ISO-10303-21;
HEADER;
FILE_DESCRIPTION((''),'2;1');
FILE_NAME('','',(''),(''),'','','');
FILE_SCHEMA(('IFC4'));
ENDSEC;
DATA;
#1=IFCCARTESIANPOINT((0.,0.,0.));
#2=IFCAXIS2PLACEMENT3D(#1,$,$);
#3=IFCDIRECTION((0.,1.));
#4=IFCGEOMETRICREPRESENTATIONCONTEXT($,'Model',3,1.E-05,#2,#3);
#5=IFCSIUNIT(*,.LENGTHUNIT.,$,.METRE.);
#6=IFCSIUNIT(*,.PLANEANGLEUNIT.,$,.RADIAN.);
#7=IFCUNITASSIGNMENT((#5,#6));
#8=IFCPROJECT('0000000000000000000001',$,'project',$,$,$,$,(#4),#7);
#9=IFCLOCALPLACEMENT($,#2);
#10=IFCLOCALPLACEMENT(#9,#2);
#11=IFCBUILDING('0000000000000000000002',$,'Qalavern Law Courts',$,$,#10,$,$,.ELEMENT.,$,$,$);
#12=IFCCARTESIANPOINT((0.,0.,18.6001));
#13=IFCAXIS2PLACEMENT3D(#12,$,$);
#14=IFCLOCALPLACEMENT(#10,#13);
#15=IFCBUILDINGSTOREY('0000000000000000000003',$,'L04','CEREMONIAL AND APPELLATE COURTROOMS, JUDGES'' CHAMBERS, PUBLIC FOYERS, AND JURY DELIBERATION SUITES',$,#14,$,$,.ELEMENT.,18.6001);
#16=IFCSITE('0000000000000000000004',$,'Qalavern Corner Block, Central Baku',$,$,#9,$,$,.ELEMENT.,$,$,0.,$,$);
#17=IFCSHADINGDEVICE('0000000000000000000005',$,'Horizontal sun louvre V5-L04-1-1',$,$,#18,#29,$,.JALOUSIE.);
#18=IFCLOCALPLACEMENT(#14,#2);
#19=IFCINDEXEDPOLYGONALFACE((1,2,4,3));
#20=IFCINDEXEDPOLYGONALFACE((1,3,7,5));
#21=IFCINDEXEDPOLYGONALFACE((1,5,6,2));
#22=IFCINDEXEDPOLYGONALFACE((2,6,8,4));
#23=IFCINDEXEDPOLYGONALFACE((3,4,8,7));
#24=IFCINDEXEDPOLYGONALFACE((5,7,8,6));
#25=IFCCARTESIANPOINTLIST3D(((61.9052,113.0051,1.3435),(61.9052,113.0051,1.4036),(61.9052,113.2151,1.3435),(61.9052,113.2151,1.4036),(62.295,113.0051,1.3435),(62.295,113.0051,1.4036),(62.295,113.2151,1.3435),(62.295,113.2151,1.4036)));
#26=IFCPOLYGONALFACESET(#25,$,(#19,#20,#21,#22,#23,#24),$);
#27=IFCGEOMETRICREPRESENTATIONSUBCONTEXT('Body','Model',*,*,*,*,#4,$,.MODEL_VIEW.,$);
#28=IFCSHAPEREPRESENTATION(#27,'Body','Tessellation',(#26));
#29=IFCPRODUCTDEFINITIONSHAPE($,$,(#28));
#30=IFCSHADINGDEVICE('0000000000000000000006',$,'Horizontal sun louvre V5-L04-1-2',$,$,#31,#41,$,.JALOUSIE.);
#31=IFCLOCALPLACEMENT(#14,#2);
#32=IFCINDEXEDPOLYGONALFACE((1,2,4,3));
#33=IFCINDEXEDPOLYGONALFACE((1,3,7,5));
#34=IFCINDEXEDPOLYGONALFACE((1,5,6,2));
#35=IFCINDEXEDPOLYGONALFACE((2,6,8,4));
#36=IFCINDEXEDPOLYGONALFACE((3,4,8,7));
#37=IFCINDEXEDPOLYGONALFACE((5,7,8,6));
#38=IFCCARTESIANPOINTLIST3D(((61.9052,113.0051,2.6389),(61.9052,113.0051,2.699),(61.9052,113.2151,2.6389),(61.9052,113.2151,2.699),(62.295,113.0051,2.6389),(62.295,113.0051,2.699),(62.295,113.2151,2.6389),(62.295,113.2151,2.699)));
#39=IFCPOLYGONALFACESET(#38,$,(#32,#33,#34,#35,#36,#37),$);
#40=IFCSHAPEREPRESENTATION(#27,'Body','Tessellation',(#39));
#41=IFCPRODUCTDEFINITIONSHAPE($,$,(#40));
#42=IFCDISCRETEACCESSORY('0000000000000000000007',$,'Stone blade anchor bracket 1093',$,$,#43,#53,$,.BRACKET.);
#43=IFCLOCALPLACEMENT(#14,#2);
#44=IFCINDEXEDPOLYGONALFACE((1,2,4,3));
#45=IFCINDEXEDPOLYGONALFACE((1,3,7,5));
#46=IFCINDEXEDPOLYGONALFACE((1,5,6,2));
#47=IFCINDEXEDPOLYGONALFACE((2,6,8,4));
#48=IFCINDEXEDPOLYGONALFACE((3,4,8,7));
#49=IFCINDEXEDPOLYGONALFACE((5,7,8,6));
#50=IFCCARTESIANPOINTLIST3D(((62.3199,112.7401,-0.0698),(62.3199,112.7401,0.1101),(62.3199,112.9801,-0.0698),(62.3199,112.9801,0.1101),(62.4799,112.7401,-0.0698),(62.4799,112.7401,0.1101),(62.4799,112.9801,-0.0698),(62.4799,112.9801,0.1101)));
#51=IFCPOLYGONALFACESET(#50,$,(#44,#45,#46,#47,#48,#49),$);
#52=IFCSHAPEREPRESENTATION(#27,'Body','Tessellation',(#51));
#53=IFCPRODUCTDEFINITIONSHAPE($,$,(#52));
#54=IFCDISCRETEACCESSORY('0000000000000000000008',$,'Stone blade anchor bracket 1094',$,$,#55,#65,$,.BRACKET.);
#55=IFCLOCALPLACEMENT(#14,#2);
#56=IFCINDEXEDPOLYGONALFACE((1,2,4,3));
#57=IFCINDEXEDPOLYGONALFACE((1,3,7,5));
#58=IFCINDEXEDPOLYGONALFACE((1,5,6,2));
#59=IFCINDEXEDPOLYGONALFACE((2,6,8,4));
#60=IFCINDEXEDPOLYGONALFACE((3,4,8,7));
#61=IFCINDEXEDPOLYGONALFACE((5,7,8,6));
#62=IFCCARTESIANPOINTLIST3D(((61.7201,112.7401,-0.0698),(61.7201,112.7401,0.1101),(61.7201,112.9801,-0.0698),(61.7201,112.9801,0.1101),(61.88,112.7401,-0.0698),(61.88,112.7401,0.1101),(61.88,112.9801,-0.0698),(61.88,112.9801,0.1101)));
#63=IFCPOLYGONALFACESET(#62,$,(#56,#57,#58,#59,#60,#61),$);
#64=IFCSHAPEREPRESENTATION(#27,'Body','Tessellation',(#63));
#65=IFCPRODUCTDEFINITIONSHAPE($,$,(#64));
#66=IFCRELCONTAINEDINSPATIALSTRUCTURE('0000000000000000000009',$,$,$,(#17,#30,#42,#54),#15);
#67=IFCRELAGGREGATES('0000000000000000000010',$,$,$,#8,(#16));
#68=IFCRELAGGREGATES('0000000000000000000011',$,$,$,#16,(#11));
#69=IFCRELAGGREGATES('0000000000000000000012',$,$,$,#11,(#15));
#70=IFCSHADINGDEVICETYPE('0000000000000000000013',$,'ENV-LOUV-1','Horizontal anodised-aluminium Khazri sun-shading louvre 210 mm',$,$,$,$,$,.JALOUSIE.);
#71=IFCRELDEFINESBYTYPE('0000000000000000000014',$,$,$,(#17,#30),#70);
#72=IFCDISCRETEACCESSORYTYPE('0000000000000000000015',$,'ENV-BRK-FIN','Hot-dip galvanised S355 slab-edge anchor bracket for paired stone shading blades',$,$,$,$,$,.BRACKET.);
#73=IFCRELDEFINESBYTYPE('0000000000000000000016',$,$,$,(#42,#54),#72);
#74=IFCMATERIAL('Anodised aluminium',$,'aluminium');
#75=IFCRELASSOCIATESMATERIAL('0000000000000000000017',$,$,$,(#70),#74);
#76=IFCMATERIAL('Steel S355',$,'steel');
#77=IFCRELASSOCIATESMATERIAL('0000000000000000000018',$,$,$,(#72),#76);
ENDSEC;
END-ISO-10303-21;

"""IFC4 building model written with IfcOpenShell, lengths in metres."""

from ifc_helpers import new_model, si_unit, direction, frame, origin, origin_2d, place, context, subcontext, project, spatial, rectangle, extrude, material, type_object, element, save


model = new_model("IFC4")

# Units and contexts
model_context = context("Model", 3, precision=1e-05, world=origin(), true_north=direction((0.0, 1.0)))
body_context = subcontext(model_context, "Body", "Model", "MODEL_VIEW")
ifc_project = project(units=[si_unit("LENGTHUNIT", "METRE"), si_unit("PLANEANGLEUNIT", "RADIAN")], contexts=[model_context])

# Site, building, storey
site_placement = place(None, origin())
site = spatial("IfcSite", under=ifc_project, at=site_placement, Name="Qalavern Corner Block, Central Baku", CompositionType="ELEMENT", RefElevation=0.0)
building_placement = place(site_placement, origin())
building = spatial("IfcBuilding", under=site, at=building_placement, Name="Qalavern Law Courts", CompositionType="ELEMENT")
storey_placement = place(building_placement, frame((0.0, 0.0, 18.6001)))
storey = spatial("IfcBuildingStorey", under=building, at=storey_placement, Name="L04", Description="CEREMONIAL AND APPELLATE COURTROOMS, JUDGES' CHAMBERS, PUBLIC FOYERS, AND JURY DELIBERATION SUITES", CompositionType="ELEMENT", Elevation=18.6001)

# Shared definitions
ifc_material_1 = material(Name="Anodised aluminium", Category="aluminium")

# Shared definitions
ifc_material_2 = material(Name="Steel S355", Category="steel")

# Shading devices
shading_device_type = type_object("IfcShadingDeviceType", Name="ENV-LOUV-1", Description="Horizontal anodised-aluminium Khazri sun-shading louvre 210 mm", PredefinedType="JALOUSIE", material=ifc_material_1)
for number, where, z_axis, x_axis, name in (
    (1, (62.1001, 113.1101, 1.3435), (0.0, 0.0, 1.0), (-1.0, 0.0, 0.0), "Horizontal sun louvre V5-L04-1-1"),
    (2, (62.1001, 113.1101, 2.6389), (0.0, 0.0, 1.0), (-1.0, 0.0, 0.0), "Horizontal sun louvre V5-L04-1-2"),
):
    element("IfcShadingDevice", number, at=place(storey_placement, frame(where, z_axis=z_axis, x_axis=x_axis)), inside=storey, type_object=shading_device_type, Name=name, PredefinedType="JALOUSIE", context=body_context, shape_type="SweptSolid", body=[
        extrude(rectangle(XDim=0.3899, YDim=0.21, at=origin_2d()), origin(), (0.0, 0.0, 1.0), 0.0601),
    ])

# Discrete accessories
discrete_accessory_type = type_object("IfcDiscreteAccessoryType", Name="ENV-BRK-FIN", Description="Hot-dip galvanised S355 slab-edge anchor bracket for paired stone shading blades", PredefinedType="BRACKET", material=ifc_material_2)
for number, where, z_axis, x_axis, name in (
    (3, (62.3999, 112.8601, -0.0698), (0.0, 0.0, 1.0), (0.0, 1.0, 0.0), "Stone blade anchor bracket 1093"),
    (4, (61.8, 112.8601, -0.0698), (0.0, 0.0, 1.0), (0.0, 1.0, 0.0), "Stone blade anchor bracket 1094"),
):
    element("IfcDiscreteAccessory", number, at=place(storey_placement, frame(where, z_axis=z_axis, x_axis=x_axis)), inside=storey, type_object=discrete_accessory_type, Name=name, PredefinedType="BRACKET", context=body_context, shape_type="SweptSolid", body=[
        extrude(rectangle(XDim=0.24, YDim=0.1599, at=origin_2d()), origin(), (0.0, 0.0, 1.0), 0.1799),
    ])

save(model, "model.ifc")
